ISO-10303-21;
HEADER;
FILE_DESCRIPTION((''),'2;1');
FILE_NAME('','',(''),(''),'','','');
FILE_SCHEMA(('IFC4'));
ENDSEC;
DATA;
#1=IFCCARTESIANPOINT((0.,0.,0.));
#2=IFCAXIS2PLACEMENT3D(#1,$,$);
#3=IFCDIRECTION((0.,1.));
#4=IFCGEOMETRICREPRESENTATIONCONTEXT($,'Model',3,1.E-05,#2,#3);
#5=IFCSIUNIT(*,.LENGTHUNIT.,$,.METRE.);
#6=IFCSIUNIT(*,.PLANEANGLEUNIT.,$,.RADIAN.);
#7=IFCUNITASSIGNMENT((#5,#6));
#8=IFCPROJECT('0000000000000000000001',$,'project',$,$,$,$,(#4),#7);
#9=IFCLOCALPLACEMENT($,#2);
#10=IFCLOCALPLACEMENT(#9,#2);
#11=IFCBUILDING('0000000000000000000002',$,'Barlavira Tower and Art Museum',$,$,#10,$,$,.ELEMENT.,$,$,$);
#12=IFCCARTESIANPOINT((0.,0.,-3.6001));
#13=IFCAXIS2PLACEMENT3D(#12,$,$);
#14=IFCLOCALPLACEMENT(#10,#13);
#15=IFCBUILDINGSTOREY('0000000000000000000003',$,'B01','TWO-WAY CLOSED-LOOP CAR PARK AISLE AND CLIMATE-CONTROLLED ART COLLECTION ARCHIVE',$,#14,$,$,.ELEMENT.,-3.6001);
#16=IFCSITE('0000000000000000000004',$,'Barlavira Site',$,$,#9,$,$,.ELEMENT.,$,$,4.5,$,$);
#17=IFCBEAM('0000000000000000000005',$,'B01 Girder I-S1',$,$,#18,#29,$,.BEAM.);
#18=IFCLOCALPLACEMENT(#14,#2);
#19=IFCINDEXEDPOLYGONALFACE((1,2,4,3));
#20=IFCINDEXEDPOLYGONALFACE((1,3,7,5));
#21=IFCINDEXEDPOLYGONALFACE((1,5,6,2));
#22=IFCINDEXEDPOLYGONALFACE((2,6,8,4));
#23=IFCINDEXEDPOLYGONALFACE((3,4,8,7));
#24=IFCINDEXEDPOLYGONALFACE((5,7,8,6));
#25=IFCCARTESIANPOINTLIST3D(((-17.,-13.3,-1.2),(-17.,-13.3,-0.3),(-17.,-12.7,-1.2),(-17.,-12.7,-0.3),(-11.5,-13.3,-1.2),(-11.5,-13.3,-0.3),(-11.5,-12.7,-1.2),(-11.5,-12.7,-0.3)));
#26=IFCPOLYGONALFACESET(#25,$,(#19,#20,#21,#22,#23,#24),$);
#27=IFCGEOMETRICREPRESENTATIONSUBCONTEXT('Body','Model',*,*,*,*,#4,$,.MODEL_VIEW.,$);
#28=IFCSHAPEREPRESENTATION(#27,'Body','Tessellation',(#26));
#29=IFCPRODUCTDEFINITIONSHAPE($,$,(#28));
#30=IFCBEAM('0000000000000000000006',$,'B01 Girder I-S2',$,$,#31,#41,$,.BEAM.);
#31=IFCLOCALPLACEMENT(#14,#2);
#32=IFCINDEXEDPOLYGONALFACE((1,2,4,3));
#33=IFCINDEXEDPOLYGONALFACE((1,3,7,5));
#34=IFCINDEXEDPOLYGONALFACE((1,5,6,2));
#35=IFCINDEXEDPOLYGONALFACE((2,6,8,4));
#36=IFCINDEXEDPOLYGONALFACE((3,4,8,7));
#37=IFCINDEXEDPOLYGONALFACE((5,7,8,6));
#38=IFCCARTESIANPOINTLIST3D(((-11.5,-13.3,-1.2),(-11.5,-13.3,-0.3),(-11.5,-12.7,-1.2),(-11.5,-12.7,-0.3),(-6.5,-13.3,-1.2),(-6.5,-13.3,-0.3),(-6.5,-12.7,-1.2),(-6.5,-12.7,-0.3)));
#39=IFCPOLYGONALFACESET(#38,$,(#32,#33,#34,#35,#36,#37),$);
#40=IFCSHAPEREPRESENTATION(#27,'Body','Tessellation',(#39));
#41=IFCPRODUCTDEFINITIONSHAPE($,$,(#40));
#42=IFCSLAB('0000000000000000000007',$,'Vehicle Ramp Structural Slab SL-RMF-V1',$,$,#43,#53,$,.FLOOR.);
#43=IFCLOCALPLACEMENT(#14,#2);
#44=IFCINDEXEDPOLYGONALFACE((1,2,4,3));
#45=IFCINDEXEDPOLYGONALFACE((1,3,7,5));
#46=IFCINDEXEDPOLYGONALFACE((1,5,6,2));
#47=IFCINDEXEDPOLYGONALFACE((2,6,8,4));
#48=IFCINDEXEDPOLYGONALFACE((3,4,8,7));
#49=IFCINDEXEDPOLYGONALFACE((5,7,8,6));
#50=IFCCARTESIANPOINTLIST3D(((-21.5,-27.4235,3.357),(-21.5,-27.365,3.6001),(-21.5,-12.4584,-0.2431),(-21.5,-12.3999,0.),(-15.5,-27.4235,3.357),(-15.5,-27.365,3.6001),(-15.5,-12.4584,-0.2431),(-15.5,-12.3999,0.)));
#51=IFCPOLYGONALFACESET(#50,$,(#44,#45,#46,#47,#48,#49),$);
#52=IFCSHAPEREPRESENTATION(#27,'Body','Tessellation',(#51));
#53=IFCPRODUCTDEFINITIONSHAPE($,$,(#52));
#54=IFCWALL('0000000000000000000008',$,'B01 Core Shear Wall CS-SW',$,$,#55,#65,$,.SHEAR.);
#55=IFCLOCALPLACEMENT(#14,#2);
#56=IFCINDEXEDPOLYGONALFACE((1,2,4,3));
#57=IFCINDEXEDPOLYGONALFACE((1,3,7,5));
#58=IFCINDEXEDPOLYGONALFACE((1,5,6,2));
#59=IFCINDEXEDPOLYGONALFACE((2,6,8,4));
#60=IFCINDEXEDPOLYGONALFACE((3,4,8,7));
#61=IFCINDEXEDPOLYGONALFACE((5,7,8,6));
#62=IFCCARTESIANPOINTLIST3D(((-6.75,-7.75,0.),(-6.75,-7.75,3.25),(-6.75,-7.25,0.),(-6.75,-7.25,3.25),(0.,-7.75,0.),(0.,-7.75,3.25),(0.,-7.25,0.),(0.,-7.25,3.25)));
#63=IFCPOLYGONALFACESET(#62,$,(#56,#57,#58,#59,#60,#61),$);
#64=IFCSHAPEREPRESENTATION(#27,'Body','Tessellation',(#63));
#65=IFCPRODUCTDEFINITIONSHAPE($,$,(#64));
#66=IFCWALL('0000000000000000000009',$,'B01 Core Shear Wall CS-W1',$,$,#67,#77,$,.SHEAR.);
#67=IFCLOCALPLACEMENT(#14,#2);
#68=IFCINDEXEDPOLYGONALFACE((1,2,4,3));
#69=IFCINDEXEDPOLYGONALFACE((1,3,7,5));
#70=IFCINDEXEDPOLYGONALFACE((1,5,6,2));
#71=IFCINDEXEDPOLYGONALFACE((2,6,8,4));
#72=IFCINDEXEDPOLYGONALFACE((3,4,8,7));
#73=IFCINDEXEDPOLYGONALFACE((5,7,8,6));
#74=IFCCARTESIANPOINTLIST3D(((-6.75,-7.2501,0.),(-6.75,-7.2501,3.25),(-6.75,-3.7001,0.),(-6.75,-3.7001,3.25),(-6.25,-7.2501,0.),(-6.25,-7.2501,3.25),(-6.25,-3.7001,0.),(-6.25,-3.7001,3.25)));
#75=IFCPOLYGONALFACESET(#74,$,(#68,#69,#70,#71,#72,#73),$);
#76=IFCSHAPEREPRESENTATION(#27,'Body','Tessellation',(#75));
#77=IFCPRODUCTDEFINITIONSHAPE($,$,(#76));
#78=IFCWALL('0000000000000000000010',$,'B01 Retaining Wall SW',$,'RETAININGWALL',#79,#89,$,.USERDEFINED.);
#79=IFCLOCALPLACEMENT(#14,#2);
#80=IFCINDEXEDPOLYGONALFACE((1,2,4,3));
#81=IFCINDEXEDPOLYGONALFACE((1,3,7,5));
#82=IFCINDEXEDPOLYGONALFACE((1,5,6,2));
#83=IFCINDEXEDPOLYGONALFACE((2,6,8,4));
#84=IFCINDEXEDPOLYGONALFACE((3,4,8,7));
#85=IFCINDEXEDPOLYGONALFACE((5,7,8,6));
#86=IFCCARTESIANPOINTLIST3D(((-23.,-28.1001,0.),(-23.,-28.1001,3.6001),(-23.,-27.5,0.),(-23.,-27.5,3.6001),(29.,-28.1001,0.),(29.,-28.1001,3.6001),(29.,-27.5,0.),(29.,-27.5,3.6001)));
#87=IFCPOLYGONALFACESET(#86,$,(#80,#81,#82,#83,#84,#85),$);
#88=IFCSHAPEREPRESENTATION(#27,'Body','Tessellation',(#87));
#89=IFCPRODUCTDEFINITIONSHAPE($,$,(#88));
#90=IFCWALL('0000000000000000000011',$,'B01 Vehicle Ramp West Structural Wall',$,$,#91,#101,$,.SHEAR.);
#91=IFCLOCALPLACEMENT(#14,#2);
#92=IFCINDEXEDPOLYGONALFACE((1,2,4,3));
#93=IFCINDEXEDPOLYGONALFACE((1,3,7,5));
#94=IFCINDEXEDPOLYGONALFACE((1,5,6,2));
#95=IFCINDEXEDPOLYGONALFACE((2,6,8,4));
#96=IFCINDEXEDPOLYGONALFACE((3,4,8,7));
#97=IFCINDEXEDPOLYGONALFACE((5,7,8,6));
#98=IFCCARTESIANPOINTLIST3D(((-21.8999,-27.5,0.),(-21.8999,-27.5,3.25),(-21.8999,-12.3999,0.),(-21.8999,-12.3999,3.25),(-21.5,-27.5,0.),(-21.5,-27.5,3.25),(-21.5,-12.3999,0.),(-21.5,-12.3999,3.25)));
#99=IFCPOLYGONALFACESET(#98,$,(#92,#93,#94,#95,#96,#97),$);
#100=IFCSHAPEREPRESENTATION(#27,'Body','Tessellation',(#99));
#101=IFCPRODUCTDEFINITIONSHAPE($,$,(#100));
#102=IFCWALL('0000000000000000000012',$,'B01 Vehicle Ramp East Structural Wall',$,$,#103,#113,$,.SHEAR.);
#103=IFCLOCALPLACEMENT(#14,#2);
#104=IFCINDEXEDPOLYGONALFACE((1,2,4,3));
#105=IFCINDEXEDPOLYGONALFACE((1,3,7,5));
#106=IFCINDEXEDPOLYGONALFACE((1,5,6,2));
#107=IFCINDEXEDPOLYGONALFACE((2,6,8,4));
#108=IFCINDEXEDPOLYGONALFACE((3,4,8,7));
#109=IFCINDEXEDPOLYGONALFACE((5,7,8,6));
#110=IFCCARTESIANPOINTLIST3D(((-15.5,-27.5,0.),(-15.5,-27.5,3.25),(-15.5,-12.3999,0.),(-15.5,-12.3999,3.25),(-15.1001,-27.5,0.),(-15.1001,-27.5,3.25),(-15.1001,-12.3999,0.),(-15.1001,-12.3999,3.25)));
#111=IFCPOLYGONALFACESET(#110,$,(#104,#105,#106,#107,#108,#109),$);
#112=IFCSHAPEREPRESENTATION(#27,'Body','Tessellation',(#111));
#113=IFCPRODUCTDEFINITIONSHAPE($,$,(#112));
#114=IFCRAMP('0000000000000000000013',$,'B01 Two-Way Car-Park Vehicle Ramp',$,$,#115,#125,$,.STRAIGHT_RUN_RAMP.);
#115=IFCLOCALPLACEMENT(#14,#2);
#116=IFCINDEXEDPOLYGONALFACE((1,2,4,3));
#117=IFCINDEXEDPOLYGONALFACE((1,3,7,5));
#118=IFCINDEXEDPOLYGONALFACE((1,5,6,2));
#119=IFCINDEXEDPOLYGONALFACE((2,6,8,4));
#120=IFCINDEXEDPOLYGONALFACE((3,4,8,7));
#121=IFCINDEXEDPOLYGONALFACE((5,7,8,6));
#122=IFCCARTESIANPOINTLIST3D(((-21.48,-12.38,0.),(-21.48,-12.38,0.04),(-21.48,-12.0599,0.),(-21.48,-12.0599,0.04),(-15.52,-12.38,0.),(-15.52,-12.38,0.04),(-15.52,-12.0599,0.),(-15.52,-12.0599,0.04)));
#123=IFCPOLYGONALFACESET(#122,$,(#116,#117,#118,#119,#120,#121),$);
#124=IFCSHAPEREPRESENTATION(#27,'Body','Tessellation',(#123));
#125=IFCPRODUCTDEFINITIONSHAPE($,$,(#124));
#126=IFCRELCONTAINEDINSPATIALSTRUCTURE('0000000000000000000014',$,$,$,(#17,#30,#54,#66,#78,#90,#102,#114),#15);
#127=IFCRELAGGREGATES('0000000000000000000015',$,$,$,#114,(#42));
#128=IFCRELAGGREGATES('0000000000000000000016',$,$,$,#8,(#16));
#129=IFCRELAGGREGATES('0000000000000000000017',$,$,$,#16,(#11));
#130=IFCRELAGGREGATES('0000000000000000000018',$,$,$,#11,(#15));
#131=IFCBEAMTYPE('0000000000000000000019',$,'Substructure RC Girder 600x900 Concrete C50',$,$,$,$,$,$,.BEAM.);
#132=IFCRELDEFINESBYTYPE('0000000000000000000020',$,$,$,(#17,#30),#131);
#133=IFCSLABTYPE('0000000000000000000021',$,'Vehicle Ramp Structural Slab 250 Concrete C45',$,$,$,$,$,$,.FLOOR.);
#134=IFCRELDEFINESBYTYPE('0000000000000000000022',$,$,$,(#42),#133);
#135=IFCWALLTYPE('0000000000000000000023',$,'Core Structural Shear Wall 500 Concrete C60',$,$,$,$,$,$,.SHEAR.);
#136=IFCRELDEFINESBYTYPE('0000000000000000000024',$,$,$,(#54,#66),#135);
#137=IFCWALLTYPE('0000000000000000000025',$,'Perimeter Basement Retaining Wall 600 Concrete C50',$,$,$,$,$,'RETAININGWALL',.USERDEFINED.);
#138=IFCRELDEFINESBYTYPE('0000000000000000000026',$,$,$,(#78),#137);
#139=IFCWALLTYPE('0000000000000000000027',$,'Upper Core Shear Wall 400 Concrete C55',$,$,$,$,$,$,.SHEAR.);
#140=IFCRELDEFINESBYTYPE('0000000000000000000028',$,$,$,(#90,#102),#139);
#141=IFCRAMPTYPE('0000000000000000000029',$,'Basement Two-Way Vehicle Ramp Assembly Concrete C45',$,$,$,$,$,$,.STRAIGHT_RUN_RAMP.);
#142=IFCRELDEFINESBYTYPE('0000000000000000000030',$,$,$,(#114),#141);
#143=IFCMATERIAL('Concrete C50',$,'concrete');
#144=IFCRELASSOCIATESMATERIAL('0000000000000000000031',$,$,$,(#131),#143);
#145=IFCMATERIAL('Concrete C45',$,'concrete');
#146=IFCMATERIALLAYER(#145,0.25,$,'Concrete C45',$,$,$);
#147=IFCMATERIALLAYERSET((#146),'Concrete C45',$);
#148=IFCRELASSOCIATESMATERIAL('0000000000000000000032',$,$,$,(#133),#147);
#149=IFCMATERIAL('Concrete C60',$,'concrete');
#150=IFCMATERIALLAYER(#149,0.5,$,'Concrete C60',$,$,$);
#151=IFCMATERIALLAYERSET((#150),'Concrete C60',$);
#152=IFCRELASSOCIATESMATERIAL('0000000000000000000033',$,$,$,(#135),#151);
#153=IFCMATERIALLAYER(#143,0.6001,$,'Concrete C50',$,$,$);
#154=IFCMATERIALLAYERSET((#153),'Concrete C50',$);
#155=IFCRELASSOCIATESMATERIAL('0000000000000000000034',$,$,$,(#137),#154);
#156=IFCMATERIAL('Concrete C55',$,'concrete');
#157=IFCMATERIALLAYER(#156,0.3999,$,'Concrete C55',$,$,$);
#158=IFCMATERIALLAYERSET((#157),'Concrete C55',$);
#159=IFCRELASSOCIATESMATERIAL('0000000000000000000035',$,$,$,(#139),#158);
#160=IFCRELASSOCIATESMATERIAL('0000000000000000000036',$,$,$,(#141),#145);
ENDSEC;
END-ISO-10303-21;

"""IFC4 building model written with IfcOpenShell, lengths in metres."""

from ifc_helpers import new_model, si_unit, direction, frame, frame_2d, origin, origin_2d, place, context, subcontext, project, spatial, polyline, rectangle, outline, extrude, material, layer, layer_set, material_profile, profile_set, type_object, element, aggregate, save


model = new_model("IFC4")

# Units and contexts
model_context = context("Model", 3, precision=1e-05, world=origin(), true_north=direction((0.0, 1.0)))
body_context = subcontext(model_context, "Body", "Model", "MODEL_VIEW")
ifc_project = project(units=[si_unit("LENGTHUNIT", "METRE"), si_unit("PLANEANGLEUNIT", "RADIAN")], contexts=[model_context])

# Site, building, storey
site_placement = place(None, origin())
site = spatial("IfcSite", under=ifc_project, at=site_placement, Name="Barlavira Site", CompositionType="ELEMENT", RefElevation=4.5)
building_placement = place(site_placement, origin())
building = spatial("IfcBuilding", under=site, at=building_placement, Name="Barlavira Tower and Art Museum", CompositionType="ELEMENT")
storey_placement = place(building_placement, frame((0.0, 0.0, -3.6001)))
storey = spatial("IfcBuildingStorey", under=building, at=storey_placement, Name="B01", Description="TWO-WAY CLOSED-LOOP CAR PARK AISLE AND CLIMATE-CONTROLLED ART COLLECTION ARCHIVE", CompositionType="ELEMENT", Elevation=-3.6001)

# Shared definitions
ifc_material_1 = material(Name="Concrete C60", Category="concrete")
ifc_material_2 = material(Name="Concrete C50", Category="concrete")

# Beams
ifc_material_profile_1 = material_profile(ifc_material_2, rectangle(XDim=0.6001, YDim=0.8999, at=origin_2d()), Name="RC-BM 600x900")
ifc_profile_set_1 = profile_set([ifc_material_profile_1], Name="Concrete C50")
beam_type_1 = type_object("IfcBeamType", Name="Substructure RC Girder 600x900 Concrete C50", PredefinedType="BEAM", material=ifc_profile_set_1)
beam_1_placement = place(storey_placement, frame((-17.0, -13.0, -0.75), z_axis=(1.0, 0.0, 0.0), x_axis=(0.0, 1.0, 0.0)))
element("IfcBeam", 1, at=beam_1_placement, inside=storey, type_object=beam_type_1, Name="B01 Girder I-S1", PredefinedType="BEAM", context=body_context, shape_type="SweptSolid", body=[
    extrude(rectangle(XDim=0.6001, YDim=0.8999, at=origin_2d()), origin(), (0.0, 0.0, 1.0), 5.5),
])
beam_2_placement = place(storey_placement, frame((-11.5, -13.0, -0.75), z_axis=(1.0, 0.0, 0.0), x_axis=(0.0, 1.0, 0.0)))
element("IfcBeam", 2, at=beam_2_placement, inside=storey, type_object=beam_type_1, Name="B01 Girder I-S2", PredefinedType="BEAM", context=body_context, shape_type="SweptSolid", body=[
    extrude(rectangle(XDim=0.6001, YDim=0.8999, at=origin_2d()), origin(), (0.0, 0.0, 1.0), 5.0),
])

# Slab
ifc_material_3 = material(Name="Concrete C45", Category="concrete")
ifc_layer_1 = layer(ifc_material_3, 0.25, Name="Concrete C45")
ifc_layer_set_1 = layer_set([ifc_layer_1], Name="Concrete C45")
slab_type = type_object("IfcSlabType", Name="Vehicle Ramp Structural Slab 250 Concrete C45", PredefinedType="FLOOR", material=ifc_layer_set_1)
slab_placement = place(storey_placement, frame((-21.5, -27.365, 3.6001), z_axis=(0.0, 0.233894, 0.972262), x_axis=(1.0, 0.0, 0.0)))
slab = element("IfcSlab", 3, at=slab_placement, type_object=slab_type, Name="Vehicle Ramp Structural Slab SL-RMF-V1", PredefinedType="FLOOR", context=body_context, shape_type="SweptSolid", body=[
    extrude(outline(polyline([(0.0, 0.0), (6.0, 0.0), (6.0, 15.392), (0.0, 15.392), (0.0, 0.0)])), origin(), (0.0, 0.0, -1.0), 0.25),
])

# Walls
ifc_layer_2 = layer(ifc_material_1, 0.5, Name="Concrete C60")
ifc_layer_set_2 = layer_set([ifc_layer_2], Name="Concrete C60")
wall_type_1 = type_object("IfcWallType", Name="Core Structural Shear Wall 500 Concrete C60", PredefinedType="SHEAR", material=ifc_layer_set_2)
wall_1_placement = place(storey_placement, frame((-6.75, -7.5, 0.0), z_axis=(0.0, 0.0, 1.0), x_axis=(1.0, 0.0, 0.0)))
element("IfcWall", 4, at=wall_1_placement, inside=storey, type_object=wall_type_1, Name="B01 Core Shear Wall CS-SW", PredefinedType="SHEAR", context=body_context, shape_type="SweptSolid", body=[
    extrude(rectangle(XDim=6.75, YDim=0.5, at=frame_2d((3.375, 0.0))), origin(), (0.0, 0.0, 1.0), 3.25),
])
wall_2_placement = place(storey_placement, frame((-6.5, -7.25, 0.0), z_axis=(0.0, 0.0, 1.0), x_axis=(0.0, 1.0, 0.0)))
element("IfcWall", 5, at=wall_2_placement, inside=storey, type_object=wall_type_1, Name="B01 Core Shear Wall CS-W1", PredefinedType="SHEAR", context=body_context, shape_type="SweptSolid", body=[
    extrude(rectangle(XDim=3.55, YDim=0.5, at=frame_2d((1.7749, 0.0))), origin(), (0.0, 0.0, 1.0), 3.25),
])
ifc_layer_3 = layer(ifc_material_2, 0.6001, Name="Concrete C50")
ifc_layer_set_3 = layer_set([ifc_layer_3], Name="Concrete C50")
wall_type_2 = type_object("IfcWallType", Name="Perimeter Basement Retaining Wall 600 Concrete C50", ElementType="RETAININGWALL", PredefinedType="USERDEFINED", material=ifc_layer_set_3)
wall_3_placement = place(storey_placement, frame((-23.0, -27.8, 0.0), z_axis=(0.0, 0.0, 1.0), x_axis=(1.0, 0.0, 0.0)))
element("IfcWall", 6, at=wall_3_placement, inside=storey, type_object=wall_type_2, Name="B01 Retaining Wall SW", ObjectType="RETAININGWALL", PredefinedType="USERDEFINED", context=body_context, shape_type="SweptSolid", body=[
    extrude(rectangle(XDim=52.0, YDim=0.6001, at=frame_2d((26.0, 0.0))), origin(), (0.0, 0.0, 1.0), 3.6001),
])
ifc_material_4 = material(Name="Concrete C55", Category="concrete")
ifc_layer_4 = layer(ifc_material_4, 0.3999, Name="Concrete C55")
ifc_layer_set_4 = layer_set([ifc_layer_4], Name="Concrete C55")
wall_type_3 = type_object("IfcWallType", Name="Upper Core Shear Wall 400 Concrete C55", PredefinedType="SHEAR", material=ifc_layer_set_4)
for number, where, z_axis, x_axis, name in (
    (7, (-21.7, -27.5, 0.0), (0.0, 0.0, 1.0), (0.0, 1.0, 0.0), "B01 Vehicle Ramp West Structural Wall"),
    (8, (-15.3, -27.5, 0.0), (0.0, 0.0, 1.0), (0.0, 1.0, 0.0), "B01 Vehicle Ramp East Structural Wall"),
):
    element("IfcWall", number, at=place(storey_placement, frame(where, z_axis=z_axis, x_axis=x_axis)), inside=storey, type_object=wall_type_3, Name=name, PredefinedType="SHEAR", context=body_context, shape_type="SweptSolid", body=[
        extrude(rectangle(XDim=15.1001, YDim=0.3999, at=frame_2d((7.55, 0.0))), origin(), (0.0, 0.0, 1.0), 3.25),
    ])

# Ramp
ramp_type = type_object("IfcRampType", Name="Basement Two-Way Vehicle Ramp Assembly Concrete C45", PredefinedType="STRAIGHT_RUN_RAMP", material=ifc_material_3)
ramp_placement = place(storey_placement, frame((-18.5, -12.22, 0.0), z_axis=(0.0, 0.0, 1.0), x_axis=(1.0, 0.0, 0.0)))
ramp = element("IfcRamp", 9, at=ramp_placement, inside=storey, type_object=ramp_type, Name="B01 Two-Way Car-Park Vehicle Ramp", PredefinedType="STRAIGHT_RUN_RAMP", context=body_context, shape_type="SweptSolid", body=[
    extrude(rectangle(XDim=5.96, YDim=0.3201, at=origin_2d()), origin(), (0.0, 0.0, 1.0), 0.04),
])
aggregate(ramp, [slab])

save(model, "model.ifc")
